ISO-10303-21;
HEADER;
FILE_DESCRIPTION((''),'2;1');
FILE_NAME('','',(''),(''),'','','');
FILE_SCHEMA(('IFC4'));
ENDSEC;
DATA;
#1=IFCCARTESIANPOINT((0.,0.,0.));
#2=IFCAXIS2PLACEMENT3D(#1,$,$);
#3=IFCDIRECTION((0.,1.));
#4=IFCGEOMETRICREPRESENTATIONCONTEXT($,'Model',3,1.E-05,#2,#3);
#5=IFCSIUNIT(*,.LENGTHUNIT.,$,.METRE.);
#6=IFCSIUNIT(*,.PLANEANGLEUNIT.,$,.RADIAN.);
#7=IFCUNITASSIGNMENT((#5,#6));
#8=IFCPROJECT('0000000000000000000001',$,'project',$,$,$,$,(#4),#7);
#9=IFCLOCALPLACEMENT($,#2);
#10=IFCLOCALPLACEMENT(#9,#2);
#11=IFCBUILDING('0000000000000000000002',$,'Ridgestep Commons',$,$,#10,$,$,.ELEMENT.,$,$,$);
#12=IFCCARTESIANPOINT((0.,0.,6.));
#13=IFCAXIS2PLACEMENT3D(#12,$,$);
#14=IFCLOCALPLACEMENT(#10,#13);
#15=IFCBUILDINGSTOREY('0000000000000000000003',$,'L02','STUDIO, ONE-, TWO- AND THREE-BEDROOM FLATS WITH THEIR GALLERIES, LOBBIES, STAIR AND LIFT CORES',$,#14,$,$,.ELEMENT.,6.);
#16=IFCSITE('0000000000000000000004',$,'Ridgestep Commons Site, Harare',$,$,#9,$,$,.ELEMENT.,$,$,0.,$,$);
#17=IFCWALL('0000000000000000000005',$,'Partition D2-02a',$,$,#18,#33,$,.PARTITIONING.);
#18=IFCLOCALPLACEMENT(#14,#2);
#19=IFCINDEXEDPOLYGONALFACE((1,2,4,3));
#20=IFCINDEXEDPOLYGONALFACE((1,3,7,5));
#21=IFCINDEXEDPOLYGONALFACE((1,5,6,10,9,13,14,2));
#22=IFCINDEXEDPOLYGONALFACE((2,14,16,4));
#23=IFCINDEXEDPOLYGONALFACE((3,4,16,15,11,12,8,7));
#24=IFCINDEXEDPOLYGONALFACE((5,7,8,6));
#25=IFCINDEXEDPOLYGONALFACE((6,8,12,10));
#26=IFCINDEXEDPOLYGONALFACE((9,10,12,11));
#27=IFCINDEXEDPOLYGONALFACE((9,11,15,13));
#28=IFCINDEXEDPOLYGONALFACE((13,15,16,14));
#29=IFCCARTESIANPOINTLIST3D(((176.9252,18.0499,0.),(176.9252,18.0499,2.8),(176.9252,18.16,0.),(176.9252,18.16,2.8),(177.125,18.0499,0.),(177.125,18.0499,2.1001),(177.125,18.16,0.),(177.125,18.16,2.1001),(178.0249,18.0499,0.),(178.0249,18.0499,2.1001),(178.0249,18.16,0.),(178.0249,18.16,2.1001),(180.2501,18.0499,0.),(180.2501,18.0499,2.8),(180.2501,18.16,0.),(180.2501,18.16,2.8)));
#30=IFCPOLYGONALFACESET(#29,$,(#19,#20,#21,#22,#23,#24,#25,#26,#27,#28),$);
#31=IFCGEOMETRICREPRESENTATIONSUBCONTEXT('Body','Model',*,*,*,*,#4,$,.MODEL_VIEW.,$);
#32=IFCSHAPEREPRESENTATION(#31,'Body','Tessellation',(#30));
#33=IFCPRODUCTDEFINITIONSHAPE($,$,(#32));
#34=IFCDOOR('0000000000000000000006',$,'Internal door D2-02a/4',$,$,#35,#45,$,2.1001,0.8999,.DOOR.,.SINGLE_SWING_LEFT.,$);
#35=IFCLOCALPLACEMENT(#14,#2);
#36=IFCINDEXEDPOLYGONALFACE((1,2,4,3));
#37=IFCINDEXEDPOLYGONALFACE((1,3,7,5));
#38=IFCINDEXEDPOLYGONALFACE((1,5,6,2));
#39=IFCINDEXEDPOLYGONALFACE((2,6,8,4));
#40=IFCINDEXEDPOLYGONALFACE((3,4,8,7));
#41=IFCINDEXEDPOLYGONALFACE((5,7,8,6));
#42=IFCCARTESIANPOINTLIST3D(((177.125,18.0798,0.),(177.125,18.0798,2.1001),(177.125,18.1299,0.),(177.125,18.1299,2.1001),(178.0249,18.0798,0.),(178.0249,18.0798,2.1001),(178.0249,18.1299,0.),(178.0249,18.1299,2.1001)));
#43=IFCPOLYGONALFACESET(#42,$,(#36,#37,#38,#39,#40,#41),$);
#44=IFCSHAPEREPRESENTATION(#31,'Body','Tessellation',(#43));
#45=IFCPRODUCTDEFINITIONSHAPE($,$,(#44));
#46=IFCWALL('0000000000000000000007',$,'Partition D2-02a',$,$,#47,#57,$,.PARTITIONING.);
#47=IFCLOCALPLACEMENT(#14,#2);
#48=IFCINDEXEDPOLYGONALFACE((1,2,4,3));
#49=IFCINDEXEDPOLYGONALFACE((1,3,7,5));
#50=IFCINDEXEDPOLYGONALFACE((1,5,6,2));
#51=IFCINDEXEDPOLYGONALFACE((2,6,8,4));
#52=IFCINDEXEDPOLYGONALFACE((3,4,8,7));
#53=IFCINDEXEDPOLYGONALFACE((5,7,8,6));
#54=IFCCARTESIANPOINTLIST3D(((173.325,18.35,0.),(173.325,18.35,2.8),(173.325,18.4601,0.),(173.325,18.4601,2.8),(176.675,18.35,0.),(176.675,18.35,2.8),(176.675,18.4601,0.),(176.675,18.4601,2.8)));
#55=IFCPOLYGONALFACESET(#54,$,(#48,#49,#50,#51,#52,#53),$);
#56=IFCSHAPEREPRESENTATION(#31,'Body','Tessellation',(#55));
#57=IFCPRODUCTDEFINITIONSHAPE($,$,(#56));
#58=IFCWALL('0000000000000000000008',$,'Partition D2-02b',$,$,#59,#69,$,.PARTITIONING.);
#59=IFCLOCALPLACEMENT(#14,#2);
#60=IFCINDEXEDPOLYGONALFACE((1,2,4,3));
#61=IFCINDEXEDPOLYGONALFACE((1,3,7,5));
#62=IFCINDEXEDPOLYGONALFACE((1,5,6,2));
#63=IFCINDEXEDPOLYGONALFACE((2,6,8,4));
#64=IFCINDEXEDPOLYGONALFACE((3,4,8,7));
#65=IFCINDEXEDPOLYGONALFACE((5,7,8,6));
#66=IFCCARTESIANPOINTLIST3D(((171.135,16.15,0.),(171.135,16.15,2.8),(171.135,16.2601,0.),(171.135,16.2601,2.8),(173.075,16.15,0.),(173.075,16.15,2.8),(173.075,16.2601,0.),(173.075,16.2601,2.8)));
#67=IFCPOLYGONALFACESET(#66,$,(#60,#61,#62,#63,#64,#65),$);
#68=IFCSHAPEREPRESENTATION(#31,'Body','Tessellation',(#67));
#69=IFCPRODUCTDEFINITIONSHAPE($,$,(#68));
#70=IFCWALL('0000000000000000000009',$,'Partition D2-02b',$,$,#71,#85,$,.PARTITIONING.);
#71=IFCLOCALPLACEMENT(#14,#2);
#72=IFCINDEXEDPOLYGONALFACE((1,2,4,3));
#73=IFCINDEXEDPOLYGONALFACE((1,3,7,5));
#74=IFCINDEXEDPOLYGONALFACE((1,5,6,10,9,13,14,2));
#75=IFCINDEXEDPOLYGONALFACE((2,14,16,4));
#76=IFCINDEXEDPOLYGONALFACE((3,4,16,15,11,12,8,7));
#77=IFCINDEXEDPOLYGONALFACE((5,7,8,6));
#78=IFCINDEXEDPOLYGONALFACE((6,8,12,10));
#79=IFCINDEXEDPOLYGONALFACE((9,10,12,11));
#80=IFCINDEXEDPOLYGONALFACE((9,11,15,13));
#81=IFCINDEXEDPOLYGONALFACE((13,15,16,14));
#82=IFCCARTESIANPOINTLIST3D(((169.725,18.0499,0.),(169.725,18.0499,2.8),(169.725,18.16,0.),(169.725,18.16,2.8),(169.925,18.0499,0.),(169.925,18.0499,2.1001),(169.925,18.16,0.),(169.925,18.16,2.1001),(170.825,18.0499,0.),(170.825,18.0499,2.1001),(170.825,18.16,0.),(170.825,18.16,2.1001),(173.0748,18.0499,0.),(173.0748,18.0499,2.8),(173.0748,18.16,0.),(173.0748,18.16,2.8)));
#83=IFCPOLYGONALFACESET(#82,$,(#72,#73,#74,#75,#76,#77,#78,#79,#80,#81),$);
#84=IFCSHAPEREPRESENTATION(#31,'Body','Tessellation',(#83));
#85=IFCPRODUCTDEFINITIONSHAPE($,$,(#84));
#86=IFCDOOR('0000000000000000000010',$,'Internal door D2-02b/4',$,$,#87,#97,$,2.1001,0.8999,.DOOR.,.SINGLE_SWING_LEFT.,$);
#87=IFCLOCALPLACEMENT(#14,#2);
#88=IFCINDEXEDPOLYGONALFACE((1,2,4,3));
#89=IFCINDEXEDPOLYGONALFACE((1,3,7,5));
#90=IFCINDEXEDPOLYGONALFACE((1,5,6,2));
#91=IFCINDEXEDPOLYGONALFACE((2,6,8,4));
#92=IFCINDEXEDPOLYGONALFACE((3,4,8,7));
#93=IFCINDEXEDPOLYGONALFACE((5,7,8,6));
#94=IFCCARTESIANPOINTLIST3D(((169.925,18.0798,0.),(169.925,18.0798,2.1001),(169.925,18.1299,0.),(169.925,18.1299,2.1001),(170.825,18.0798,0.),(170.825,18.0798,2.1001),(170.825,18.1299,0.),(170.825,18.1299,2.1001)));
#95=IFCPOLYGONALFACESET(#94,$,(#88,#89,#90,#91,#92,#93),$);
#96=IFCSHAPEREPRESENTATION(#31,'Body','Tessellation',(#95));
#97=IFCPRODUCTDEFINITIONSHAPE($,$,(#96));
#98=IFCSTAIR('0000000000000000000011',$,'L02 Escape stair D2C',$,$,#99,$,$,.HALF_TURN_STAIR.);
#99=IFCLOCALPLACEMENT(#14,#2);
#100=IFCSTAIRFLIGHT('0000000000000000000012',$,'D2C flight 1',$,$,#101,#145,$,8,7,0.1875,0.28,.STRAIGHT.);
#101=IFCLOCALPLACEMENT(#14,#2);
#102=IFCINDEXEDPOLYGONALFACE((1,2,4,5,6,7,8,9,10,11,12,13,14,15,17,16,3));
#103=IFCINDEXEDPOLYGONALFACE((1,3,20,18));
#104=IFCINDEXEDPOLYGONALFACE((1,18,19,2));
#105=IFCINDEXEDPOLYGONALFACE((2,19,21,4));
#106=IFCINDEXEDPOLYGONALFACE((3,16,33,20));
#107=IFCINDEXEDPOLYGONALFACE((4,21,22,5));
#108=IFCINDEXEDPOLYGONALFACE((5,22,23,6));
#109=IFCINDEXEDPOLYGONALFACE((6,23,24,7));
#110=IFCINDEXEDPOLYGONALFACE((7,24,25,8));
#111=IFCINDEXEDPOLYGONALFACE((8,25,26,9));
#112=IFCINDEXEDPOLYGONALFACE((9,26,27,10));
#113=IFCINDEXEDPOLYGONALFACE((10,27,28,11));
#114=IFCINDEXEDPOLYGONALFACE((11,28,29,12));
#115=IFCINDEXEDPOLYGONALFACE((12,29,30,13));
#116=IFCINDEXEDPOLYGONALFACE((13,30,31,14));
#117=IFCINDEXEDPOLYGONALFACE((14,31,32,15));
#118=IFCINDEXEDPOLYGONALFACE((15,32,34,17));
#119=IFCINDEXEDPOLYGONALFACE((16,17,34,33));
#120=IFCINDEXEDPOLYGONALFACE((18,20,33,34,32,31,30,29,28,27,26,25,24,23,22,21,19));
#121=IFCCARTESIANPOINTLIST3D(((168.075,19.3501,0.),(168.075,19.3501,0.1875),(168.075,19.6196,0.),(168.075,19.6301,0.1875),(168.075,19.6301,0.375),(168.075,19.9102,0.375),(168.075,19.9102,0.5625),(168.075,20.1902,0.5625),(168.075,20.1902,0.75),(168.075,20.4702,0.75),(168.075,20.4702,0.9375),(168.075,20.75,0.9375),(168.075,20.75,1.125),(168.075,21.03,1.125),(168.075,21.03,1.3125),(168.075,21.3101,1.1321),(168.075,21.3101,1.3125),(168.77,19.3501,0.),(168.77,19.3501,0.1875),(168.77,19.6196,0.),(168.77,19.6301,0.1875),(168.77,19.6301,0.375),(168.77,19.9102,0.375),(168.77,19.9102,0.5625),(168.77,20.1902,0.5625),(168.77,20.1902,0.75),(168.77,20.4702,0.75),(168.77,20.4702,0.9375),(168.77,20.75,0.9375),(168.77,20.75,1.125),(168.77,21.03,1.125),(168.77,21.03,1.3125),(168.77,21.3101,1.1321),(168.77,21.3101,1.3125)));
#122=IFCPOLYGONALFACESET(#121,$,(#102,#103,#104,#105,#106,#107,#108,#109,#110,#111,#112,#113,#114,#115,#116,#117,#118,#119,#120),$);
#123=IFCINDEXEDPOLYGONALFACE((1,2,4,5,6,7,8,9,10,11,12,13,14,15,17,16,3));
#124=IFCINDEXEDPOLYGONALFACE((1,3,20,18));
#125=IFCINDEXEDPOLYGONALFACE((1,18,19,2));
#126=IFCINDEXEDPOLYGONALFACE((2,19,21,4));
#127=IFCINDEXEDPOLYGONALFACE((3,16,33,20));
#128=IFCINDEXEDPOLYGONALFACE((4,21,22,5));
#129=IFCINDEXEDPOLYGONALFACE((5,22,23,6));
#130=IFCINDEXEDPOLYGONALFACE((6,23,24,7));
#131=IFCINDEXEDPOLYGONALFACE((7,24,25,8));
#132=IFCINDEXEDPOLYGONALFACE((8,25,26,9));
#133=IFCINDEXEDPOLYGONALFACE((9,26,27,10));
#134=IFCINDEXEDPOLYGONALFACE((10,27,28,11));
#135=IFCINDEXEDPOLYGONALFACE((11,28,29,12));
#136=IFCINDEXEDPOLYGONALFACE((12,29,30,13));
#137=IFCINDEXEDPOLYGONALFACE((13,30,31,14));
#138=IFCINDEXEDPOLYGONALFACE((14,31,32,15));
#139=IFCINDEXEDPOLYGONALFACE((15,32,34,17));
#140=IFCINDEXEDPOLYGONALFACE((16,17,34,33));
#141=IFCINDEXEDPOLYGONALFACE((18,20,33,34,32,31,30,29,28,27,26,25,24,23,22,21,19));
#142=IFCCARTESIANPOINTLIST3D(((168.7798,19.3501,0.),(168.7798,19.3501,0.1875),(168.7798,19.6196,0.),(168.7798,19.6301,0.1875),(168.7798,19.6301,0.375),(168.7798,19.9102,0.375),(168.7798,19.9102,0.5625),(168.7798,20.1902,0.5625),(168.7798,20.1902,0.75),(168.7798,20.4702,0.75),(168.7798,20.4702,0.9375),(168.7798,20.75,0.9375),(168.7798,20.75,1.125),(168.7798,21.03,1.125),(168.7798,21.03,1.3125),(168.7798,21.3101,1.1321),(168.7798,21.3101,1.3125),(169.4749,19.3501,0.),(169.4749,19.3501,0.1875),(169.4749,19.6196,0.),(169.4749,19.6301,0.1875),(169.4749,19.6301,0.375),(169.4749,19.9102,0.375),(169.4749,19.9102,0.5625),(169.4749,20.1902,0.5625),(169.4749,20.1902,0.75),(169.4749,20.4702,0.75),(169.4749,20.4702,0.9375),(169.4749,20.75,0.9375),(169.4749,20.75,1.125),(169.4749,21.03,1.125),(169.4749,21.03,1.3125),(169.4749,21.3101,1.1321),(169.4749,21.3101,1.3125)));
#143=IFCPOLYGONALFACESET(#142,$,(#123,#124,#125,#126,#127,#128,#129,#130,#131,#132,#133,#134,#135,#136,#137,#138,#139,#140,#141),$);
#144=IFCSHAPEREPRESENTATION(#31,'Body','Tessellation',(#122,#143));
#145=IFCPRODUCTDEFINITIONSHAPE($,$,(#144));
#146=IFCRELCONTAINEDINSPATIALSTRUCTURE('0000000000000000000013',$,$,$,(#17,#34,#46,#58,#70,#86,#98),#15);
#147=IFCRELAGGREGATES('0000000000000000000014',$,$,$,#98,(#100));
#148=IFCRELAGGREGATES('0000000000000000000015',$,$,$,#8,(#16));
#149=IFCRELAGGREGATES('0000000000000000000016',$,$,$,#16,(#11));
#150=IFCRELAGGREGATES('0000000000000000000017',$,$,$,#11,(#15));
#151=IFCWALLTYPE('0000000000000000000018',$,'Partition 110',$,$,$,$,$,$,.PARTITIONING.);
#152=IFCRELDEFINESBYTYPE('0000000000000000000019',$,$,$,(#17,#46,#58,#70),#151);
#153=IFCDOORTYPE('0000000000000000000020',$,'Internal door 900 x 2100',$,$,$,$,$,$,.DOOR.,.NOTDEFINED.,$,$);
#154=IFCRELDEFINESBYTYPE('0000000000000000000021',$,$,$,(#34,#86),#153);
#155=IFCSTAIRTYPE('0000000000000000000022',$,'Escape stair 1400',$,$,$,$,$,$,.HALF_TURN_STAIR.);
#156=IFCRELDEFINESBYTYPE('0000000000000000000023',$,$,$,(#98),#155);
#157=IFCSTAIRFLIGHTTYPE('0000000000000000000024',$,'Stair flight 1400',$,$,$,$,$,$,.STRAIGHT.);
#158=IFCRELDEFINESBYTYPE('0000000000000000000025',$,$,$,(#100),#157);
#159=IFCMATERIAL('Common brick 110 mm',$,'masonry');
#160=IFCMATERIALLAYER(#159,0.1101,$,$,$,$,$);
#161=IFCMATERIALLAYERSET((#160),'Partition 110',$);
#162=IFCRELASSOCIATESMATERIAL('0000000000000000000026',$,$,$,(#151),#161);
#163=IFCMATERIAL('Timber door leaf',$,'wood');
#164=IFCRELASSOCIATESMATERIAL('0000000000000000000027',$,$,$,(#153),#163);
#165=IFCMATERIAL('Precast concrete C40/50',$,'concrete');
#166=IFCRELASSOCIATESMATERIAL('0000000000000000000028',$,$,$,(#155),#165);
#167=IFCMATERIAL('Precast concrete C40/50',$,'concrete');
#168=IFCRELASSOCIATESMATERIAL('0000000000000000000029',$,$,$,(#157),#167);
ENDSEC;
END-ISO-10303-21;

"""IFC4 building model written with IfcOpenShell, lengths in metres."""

from ifc_helpers import new_model, si_unit, direction, frame, frame_2d, origin, place, context, subcontext, project, spatial, polyline, rectangle, outline, extrude, material, layer, layer_set, type_object, element, fill, aggregate, save


model = new_model("IFC4")

# Units and contexts
model_context = context("Model", 3, precision=1e-05, world=origin(), true_north=direction((0.0, 1.0)))
body_context = subcontext(model_context, "Body", "Model", "MODEL_VIEW")
ifc_project = project(units=[si_unit("LENGTHUNIT", "METRE"), si_unit("PLANEANGLEUNIT", "RADIAN")], contexts=[model_context])

# Site, building, storey
site_placement = place(None, origin())
site = spatial("IfcSite", under=ifc_project, at=site_placement, Name="Ridgestep Commons Site, Harare", CompositionType="ELEMENT", RefElevation=0.0)
building_placement = place(site_placement, origin())
building = spatial("IfcBuilding", under=site, at=building_placement, Name="Ridgestep Commons", CompositionType="ELEMENT")
storey_placement = place(building_placement, frame((0.0, 0.0, 6.0)))
storey = spatial("IfcBuildingStorey", under=building, at=storey_placement, Name="L02", Description="STUDIO, ONE-, TWO- AND THREE-BEDROOM FLATS WITH THEIR GALLERIES, LOBBIES, STAIR AND LIFT CORES", CompositionType="ELEMENT", Elevation=6.0)

# Wall, opening, door
ifc_material_1 = material(Name="Common brick 110 mm", Category="masonry")
ifc_layer_1 = layer(ifc_material_1, 0.1101)
ifc_layer_set_1 = layer_set([ifc_layer_1], Name="Partition 110")
wall_type_1 = type_object("IfcWallType", Name="Partition 110", PredefinedType="PARTITIONING", material=ifc_layer_set_1)
wall_1_placement = place(storey_placement, frame((176.925, 18.105, 0.0), z_axis=(0.0, 0.0, 1.0), x_axis=(1.0, 0.0, 0.0)))
wall_1 = element("IfcWall", 1, at=wall_1_placement, inside=storey, type_object=wall_type_1, Name="Partition D2-02a", PredefinedType="PARTITIONING", context=body_context, shape_type="SweptSolid", body=[
    extrude(rectangle(XDim=3.325, YDim=0.1101, at=frame_2d((1.6626, 0.0))), origin(), (0.0, 0.0, 1.0), 2.8),
])
opening_1_placement = place(wall_1_placement, frame((0.2, 0.0, 0.0)))
opening_1 = element("IfcOpeningElement", 2, at=opening_1_placement, cuts=wall_1, PredefinedType="OPENING", context=body_context, shape_type="SweptSolid", body=[
    extrude(rectangle(XDim=0.8999, YDim=2.1001, at=frame_2d((0.45, 1.05))), frame((0.0, 0.0649, 0.0), z_axis=(0.0, -1.0, 0.0), x_axis=(1.0, 0.0, 0.0)), (0.0, 0.0, 1.0), 0.1301),
])
ifc_material_2 = material(Name="Timber door leaf", Category="wood")
door_type_1 = type_object("IfcDoorType", Name="Internal door 900 x 2100", OperationType="NOTDEFINED", PredefinedType="DOOR", material=ifc_material_2)
door_1_placement = place(opening_1_placement, origin())
door_1 = element("IfcDoor", 3, at=door_1_placement, inside=storey, type_object=door_type_1, Name="Internal door D2-02a/4", OperationType="SINGLE_SWING_LEFT", OverallHeight=2.1001, OverallWidth=0.8999, PredefinedType="DOOR", context=body_context, shape_type="SweptSolid", body=[
    extrude(rectangle(XDim=0.8999, YDim=2.1001, at=frame_2d((0.45, 1.05))), frame((0.0, 0.0249, 0.0), z_axis=(0.0, -1.0, 0.0), x_axis=(1.0, 0.0, 0.0)), (0.0, 0.0, 1.0), 0.05),
])
fill(opening_1, door_1)

# Walls
wall_2_placement = place(storey_placement, frame((173.325, 18.405, 0.0), z_axis=(0.0, 0.0, 1.0), x_axis=(1.0, 0.0, 0.0)))
element("IfcWall", 4, at=wall_2_placement, inside=storey, type_object=wall_type_1, Name="Partition D2-02a", PredefinedType="PARTITIONING", context=body_context, shape_type="SweptSolid", body=[
    extrude(rectangle(XDim=3.3501, YDim=0.1101, at=frame_2d((1.675, 0.0))), origin(), (0.0, 0.0, 1.0), 2.8),
])
wall_3_placement = place(storey_placement, frame((171.135, 16.2051, 0.0), z_axis=(0.0, 0.0, 1.0), x_axis=(1.0, 0.0, 0.0)))
element("IfcWall", 5, at=wall_3_placement, inside=storey, type_object=wall_type_1, Name="Partition D2-02b", PredefinedType="PARTITIONING", context=body_context, shape_type="SweptSolid", body=[
    extrude(rectangle(XDim=1.9399, YDim=0.1101, at=frame_2d((0.97, 0.0))), origin(), (0.0, 0.0, 1.0), 2.8),
])

# Wall, opening, door
wall_4_placement = place(storey_placement, frame((169.7251, 18.105, 0.0), z_axis=(0.0, 0.0, 1.0), x_axis=(1.0, 0.0, 0.0)))
wall_4 = element("IfcWall", 6, at=wall_4_placement, inside=storey, type_object=wall_type_1, Name="Partition D2-02b", PredefinedType="PARTITIONING", context=body_context, shape_type="SweptSolid", body=[
    extrude(rectangle(XDim=3.3499, YDim=0.1101, at=frame_2d((1.6748, 0.0))), origin(), (0.0, 0.0, 1.0), 2.8),
])
opening_2_placement = place(wall_4_placement, frame((0.2, 0.0, 0.0)))
opening_2 = element("IfcOpeningElement", 7, at=opening_2_placement, cuts=wall_4, PredefinedType="OPENING", context=body_context, shape_type="SweptSolid", body=[
    extrude(rectangle(XDim=0.8999, YDim=2.1001, at=frame_2d((0.45, 1.05))), frame((0.0, 0.0649, 0.0), z_axis=(0.0, -1.0, 0.0), x_axis=(1.0, 0.0, 0.0)), (0.0, 0.0, 1.0), 0.1301),
])
door_2_placement = place(opening_2_placement, origin())
door_2 = element("IfcDoor", 8, at=door_2_placement, inside=storey, type_object=door_type_1, Name="Internal door D2-02b/4", OperationType="SINGLE_SWING_LEFT", OverallHeight=2.1001, OverallWidth=0.8999, PredefinedType="DOOR", context=body_context, shape_type="SweptSolid", body=[
    extrude(rectangle(XDim=0.8999, YDim=2.1001, at=frame_2d((0.45, 1.05))), frame((0.0, 0.0249, 0.0), z_axis=(0.0, -1.0, 0.0), x_axis=(1.0, 0.0, 0.0)), (0.0, 0.0, 1.0), 0.05),
])
fill(opening_2, door_2)

# Stair, stair flight
ifc_material_3 = material(Name="Precast concrete C40/50", Category="concrete")
stair_type = type_object("IfcStairType", Name="Escape stair 1400", PredefinedType="HALF_TURN_STAIR", material=ifc_material_3)
stair_placement = place(storey_placement, origin())
stair = element("IfcStair", 9, at=stair_placement, inside=storey, type_object=stair_type, Name="L02 Escape stair D2C", PredefinedType="HALF_TURN_STAIR")
ifc_material_4 = material(Name="Precast concrete C40/50", Category="concrete")
stair_flight_type = type_object("IfcStairFlightType", Name="Stair flight 1400", PredefinedType="STRAIGHT", material=ifc_material_4)
stair_flight_placement = place(storey_placement, frame((168.7749, 19.3501, 0.0), z_axis=(0.0, 0.0, 1.0), x_axis=(0.0, 1.0, 0.0)))
stair_flight = element("IfcStairFlight", 10, at=stair_flight_placement, type_object=stair_flight_type, Name="D2C flight 1", NumberOfRisers=8, NumberOfTreads=7, PredefinedType="STRAIGHT", RiserHeight=0.1875, TreadLength=0.28, context=body_context, shape_type="SweptSolid", body=[
    extrude(outline(polyline([(0.0, 0.0), (0.0, 0.1875), (0.28, 0.1875), (0.28, 0.375), (0.5601, 0.375), (0.5601, 0.5625), (0.8401, 0.5625), (0.8401, 0.75), (1.1201, 0.75), (1.1201, 0.9375), (1.3999, 0.9375), (1.3999, 1.125), (1.6799, 1.125), (1.6799, 1.3125), (1.96, 1.3125), (1.96, 1.5), (1.96, 1.1321), (0.2695, 0.0), (0.0, 0.0)])), frame((0.0, 0.7, 0.0), z_axis=(0.0, -1.0, 0.0), x_axis=(1.0, 0.0, 0.0)), (0.0, 0.0, 1.0), 0.6951),
    extrude(outline(polyline([(0.0, 0.0), (0.0, 0.1875), (0.28, 0.1875), (0.28, 0.375), (0.5601, 0.375), (0.5601, 0.5625), (0.8401, 0.5625), (0.8401, 0.75), (1.1201, 0.75), (1.1201, 0.9375), (1.3999, 0.9375), (1.3999, 1.125), (1.6799, 1.125), (1.6799, 1.3125), (1.96, 1.3125), (1.96, 1.5), (1.96, 1.1321), (0.2695, 0.0), (0.0, 0.0)])), frame((0.0, -0.0049, 0.0), z_axis=(0.0, -1.0, 0.0), x_axis=(1.0, 0.0, 0.0)), (0.0, 0.0, 1.0), 0.6951),
])
aggregate(stair, [stair_flight])

save(model, "model.ifc")
